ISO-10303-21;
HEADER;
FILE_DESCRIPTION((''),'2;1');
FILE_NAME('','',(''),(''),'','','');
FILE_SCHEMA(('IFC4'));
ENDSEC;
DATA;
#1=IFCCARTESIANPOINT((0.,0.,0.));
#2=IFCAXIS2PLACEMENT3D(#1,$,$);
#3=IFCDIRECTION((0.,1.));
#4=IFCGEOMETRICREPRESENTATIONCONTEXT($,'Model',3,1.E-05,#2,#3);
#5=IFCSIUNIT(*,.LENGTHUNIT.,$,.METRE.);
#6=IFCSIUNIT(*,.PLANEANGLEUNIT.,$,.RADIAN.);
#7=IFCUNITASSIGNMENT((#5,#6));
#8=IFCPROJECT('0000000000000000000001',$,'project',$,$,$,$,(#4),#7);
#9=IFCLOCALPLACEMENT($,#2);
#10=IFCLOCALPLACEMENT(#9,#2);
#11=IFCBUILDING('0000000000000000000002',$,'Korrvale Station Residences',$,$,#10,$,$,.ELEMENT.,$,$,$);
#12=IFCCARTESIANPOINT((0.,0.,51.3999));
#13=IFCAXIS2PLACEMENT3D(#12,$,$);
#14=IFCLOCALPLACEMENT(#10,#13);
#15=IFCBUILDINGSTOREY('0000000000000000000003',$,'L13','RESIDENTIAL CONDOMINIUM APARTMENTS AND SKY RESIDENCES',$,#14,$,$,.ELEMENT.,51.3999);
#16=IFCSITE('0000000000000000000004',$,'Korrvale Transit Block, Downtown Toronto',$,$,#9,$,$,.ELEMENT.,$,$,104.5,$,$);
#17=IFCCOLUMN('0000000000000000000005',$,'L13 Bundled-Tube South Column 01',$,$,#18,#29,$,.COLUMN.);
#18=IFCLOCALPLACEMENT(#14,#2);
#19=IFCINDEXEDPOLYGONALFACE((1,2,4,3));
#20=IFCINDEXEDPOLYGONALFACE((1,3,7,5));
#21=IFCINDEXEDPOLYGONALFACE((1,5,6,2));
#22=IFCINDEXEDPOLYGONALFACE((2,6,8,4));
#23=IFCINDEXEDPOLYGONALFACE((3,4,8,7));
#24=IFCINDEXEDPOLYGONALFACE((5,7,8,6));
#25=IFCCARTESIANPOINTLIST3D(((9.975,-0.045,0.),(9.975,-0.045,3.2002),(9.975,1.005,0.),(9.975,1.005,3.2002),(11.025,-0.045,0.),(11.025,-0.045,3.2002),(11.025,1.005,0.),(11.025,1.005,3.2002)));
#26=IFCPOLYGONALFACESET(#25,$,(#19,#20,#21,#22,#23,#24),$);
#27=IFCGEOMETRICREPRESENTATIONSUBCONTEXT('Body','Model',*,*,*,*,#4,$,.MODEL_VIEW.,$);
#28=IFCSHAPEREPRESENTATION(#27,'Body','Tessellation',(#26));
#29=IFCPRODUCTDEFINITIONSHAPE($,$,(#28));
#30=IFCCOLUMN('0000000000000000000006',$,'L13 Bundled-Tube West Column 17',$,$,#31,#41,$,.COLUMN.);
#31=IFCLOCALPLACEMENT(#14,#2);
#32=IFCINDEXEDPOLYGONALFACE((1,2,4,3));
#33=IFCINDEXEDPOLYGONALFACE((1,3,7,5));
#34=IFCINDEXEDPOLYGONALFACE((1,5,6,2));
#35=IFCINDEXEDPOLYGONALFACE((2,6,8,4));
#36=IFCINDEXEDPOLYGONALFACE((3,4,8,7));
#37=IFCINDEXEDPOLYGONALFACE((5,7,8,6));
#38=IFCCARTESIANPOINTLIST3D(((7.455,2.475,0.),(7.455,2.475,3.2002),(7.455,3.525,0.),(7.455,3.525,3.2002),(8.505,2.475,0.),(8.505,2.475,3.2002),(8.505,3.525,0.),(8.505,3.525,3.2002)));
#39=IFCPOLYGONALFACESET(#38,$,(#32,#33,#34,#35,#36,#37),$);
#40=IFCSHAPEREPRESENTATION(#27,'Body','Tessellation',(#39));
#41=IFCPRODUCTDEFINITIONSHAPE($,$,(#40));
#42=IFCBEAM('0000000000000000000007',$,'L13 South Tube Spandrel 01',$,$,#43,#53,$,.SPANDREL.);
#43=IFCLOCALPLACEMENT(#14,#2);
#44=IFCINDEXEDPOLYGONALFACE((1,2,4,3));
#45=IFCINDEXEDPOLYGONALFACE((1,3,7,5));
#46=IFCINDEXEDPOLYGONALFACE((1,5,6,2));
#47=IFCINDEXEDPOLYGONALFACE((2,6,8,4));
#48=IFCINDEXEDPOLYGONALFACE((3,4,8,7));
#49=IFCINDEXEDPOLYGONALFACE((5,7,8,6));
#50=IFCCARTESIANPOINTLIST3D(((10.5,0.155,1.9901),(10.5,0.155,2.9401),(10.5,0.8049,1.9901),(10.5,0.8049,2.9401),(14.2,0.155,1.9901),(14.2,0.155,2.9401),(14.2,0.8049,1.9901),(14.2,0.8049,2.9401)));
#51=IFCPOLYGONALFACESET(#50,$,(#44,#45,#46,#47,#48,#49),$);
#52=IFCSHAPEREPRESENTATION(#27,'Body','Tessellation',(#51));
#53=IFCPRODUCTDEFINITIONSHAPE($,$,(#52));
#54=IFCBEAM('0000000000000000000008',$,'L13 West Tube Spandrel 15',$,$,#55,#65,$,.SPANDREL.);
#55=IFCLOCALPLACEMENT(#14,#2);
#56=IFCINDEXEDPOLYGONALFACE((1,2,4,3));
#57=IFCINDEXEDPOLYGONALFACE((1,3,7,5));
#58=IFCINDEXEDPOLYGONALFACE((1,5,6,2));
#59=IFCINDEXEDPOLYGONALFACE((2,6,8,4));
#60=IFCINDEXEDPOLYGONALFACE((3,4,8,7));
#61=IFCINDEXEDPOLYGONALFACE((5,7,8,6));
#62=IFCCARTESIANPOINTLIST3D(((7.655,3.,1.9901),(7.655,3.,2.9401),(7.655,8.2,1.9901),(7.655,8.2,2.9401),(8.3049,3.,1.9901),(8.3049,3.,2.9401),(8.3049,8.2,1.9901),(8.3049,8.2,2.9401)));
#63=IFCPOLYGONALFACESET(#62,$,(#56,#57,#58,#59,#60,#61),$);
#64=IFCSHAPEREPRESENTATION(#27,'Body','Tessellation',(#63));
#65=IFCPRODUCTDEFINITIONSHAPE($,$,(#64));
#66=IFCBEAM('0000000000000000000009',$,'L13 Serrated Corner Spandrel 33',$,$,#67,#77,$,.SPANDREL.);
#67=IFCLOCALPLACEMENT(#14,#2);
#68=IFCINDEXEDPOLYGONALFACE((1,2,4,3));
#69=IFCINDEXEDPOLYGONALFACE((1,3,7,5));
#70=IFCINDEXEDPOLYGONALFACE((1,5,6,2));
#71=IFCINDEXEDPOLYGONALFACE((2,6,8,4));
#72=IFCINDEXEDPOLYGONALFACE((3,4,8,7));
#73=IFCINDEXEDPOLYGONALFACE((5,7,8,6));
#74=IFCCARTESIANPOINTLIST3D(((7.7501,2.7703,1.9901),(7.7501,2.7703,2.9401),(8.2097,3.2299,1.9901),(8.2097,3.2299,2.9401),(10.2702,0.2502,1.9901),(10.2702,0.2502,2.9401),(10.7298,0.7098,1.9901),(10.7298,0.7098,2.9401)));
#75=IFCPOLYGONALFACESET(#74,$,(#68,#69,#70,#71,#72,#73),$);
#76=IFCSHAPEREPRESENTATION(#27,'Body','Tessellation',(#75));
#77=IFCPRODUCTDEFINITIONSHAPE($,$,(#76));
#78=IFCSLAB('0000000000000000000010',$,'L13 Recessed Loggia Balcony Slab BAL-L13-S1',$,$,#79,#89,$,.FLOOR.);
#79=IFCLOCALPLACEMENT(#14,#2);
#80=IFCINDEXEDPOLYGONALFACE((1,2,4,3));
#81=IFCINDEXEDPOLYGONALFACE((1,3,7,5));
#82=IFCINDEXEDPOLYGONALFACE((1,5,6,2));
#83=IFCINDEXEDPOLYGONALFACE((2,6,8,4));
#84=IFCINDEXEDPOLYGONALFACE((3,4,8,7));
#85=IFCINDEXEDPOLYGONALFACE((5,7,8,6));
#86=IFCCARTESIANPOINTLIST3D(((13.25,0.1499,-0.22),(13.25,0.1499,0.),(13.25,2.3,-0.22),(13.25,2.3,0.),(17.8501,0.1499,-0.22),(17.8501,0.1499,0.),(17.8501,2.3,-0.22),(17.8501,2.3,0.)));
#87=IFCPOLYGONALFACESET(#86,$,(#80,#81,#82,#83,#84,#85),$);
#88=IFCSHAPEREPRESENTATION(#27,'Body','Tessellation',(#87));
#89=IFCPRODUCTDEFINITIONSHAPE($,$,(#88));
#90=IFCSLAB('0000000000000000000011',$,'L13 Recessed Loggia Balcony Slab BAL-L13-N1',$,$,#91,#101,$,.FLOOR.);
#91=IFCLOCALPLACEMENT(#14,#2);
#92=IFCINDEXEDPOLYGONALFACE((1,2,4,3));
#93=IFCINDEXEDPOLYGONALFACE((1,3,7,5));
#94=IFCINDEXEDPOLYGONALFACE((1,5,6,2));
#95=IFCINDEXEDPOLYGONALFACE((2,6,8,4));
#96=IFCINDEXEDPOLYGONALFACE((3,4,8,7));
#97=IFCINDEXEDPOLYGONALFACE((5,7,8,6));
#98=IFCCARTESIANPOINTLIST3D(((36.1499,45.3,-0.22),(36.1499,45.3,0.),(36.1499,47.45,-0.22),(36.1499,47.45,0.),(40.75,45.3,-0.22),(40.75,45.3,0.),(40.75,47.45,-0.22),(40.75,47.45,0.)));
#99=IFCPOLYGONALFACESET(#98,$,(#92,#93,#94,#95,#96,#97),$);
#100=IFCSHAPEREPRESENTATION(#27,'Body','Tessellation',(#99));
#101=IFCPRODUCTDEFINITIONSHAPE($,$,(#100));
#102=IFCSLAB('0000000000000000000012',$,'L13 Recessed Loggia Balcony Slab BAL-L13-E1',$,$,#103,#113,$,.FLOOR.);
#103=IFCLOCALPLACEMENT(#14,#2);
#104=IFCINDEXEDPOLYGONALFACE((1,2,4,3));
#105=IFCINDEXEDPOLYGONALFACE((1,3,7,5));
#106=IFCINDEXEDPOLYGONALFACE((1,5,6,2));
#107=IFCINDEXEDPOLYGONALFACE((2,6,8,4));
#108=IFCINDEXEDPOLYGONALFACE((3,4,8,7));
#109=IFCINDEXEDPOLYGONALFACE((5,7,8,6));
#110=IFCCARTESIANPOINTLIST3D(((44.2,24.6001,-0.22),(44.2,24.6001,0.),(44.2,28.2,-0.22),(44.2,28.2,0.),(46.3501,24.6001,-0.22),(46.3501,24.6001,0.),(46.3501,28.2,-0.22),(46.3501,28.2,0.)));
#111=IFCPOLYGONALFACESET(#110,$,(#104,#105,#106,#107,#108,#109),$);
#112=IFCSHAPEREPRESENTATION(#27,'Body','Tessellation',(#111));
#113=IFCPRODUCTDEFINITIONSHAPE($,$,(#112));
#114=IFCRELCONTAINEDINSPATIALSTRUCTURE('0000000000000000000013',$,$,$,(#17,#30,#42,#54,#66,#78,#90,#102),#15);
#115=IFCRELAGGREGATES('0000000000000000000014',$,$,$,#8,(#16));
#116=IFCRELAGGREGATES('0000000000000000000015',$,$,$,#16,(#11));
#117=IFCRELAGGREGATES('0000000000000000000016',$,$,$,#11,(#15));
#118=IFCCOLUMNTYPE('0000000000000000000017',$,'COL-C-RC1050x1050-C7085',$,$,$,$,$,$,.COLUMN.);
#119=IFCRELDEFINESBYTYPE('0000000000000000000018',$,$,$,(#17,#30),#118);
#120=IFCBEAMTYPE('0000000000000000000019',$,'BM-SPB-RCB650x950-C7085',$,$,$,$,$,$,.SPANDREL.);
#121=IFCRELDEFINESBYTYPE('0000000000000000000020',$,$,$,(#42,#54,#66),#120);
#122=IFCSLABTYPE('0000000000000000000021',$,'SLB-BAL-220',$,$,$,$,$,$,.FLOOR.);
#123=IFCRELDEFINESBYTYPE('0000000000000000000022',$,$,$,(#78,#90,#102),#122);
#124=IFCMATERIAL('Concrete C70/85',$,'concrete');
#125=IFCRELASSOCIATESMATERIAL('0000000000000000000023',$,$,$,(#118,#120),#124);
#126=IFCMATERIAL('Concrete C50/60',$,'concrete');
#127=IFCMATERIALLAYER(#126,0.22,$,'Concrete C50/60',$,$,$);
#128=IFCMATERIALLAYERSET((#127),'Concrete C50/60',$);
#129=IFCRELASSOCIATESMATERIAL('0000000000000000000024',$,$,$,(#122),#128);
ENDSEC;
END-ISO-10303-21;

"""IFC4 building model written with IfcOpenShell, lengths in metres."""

from ifc_helpers import new_model, si_unit, direction, frame, origin, origin_2d, place, context, subcontext, project, spatial, polyline, rectangle, outline, extrude, material, layer, layer_set, material_profile, profile_set, type_object, element, save


model = new_model("IFC4")

# Units and contexts
model_context = context("Model", 3, precision=1e-05, world=origin(), true_north=direction((0.0, 1.0)))
body_context = subcontext(model_context, "Body", "Model", "MODEL_VIEW")
ifc_project = project(units=[si_unit("LENGTHUNIT", "METRE"), si_unit("PLANEANGLEUNIT", "RADIAN")], contexts=[model_context])

# Site, building, storey
site_placement = place(None, origin())
site = spatial("IfcSite", under=ifc_project, at=site_placement, Name="Korrvale Transit Block, Downtown Toronto", CompositionType="ELEMENT", RefElevation=104.5)
building_placement = place(site_placement, origin())
building = spatial("IfcBuilding", under=site, at=building_placement, Name="Korrvale Station Residences", CompositionType="ELEMENT")
storey_placement = place(building_placement, frame((0.0, 0.0, 51.3999)))
storey = spatial("IfcBuildingStorey", under=building, at=storey_placement, Name="L13", Description="RESIDENTIAL CONDOMINIUM APARTMENTS AND SKY RESIDENCES", CompositionType="ELEMENT", Elevation=51.3999)

# Columns
ifc_material_1 = material(Name="Concrete C70/85", Category="concrete")
ifc_material_profile_1 = material_profile(ifc_material_1, rectangle(XDim=1.05, YDim=1.05, at=origin_2d()), Name="RC1050x1050")
ifc_profile_set_1 = profile_set([ifc_material_profile_1], Name="Concrete C70/85")
column_type = type_object("IfcColumnType", Name="COL-C-RC1050x1050-C7085", PredefinedType="COLUMN", material=ifc_profile_set_1)
for number, where, z_axis, x_axis, name in (
    (1, (10.5, 0.48, 0.0), (0.0, 0.0, 1.0), (1.0, 0.0, 0.0), "L13 Bundled-Tube South Column 01"),
    (2, (7.98, 3.0, 0.0), (0.0, 0.0, 1.0), (1.0, 0.0, 0.0), "L13 Bundled-Tube West Column 17"),
):
    element("IfcColumn", number, at=place(storey_placement, frame(where, z_axis=z_axis, x_axis=x_axis)), inside=storey, type_object=column_type, Name=name, PredefinedType="COLUMN", context=body_context, shape_type="SweptSolid", body=[
        extrude(rectangle(XDim=1.05, YDim=1.05, at=origin_2d()), origin(), (0.0, 0.0, 1.0), 3.2002),
    ])

# Beams
ifc_material_profile_2 = material_profile(ifc_material_1, rectangle(XDim=0.6499, YDim=0.95, at=origin_2d()), Name="RCB650x950")
ifc_profile_set_2 = profile_set([ifc_material_profile_2], Name="Concrete C70/85")
beam_type = type_object("IfcBeamType", Name="BM-SPB-RCB650x950-C7085", PredefinedType="SPANDREL", material=ifc_profile_set_2)
beam_1_placement = place(storey_placement, frame((10.5, 0.48, 2.4651), z_axis=(1.0, 0.0, 0.0), x_axis=(0.0, 1.0, 0.0)))
element("IfcBeam", 3, at=beam_1_placement, inside=storey, type_object=beam_type, Name="L13 South Tube Spandrel 01", PredefinedType="SPANDREL", context=body_context, shape_type="SweptSolid", body=[
    extrude(rectangle(XDim=0.6499, YDim=0.95, at=origin_2d()), origin(), (0.0, 0.0, 1.0), 3.7),
])
beam_2_placement = place(storey_placement, frame((7.98, 3.0, 2.4651), z_axis=(0.0, 1.0, 0.0), x_axis=(-1.0, 0.0, 0.0)))
element("IfcBeam", 4, at=beam_2_placement, inside=storey, type_object=beam_type, Name="L13 West Tube Spandrel 15", PredefinedType="SPANDREL", context=body_context, shape_type="SweptSolid", body=[
    extrude(rectangle(XDim=0.6499, YDim=0.95, at=origin_2d()), origin(), (0.0, 0.0, 1.0), 5.2),
])
beam_3_placement = place(storey_placement, frame((10.5, 0.48, 2.4651), z_axis=(-0.707107, 0.707107, 0.0), x_axis=(-0.707107, -0.707107, 0.0)))
element("IfcBeam", 5, at=beam_3_placement, inside=storey, type_object=beam_type, Name="L13 Serrated Corner Spandrel 33", PredefinedType="SPANDREL", context=body_context, shape_type="SweptSolid", body=[
    extrude(rectangle(XDim=0.6499, YDim=0.95, at=origin_2d()), origin(), (0.0, 0.0, 1.0), 3.564),
])

# Slabs
ifc_material_2 = material(Name="Concrete C50/60", Category="concrete")
ifc_layer_1 = layer(ifc_material_2, 0.22, Name="Concrete C50/60")
ifc_layer_set_1 = layer_set([ifc_layer_1], Name="Concrete C50/60")
slab_type_1 = type_object("IfcSlabType", Name="SLB-BAL-220", PredefinedType="FLOOR", material=ifc_layer_set_1)
slab_1_placement = place(storey_placement, frame((0.0, 0.0, -0.22)))
element("IfcSlab", 6, at=slab_1_placement, inside=storey, type_object=slab_type_1, Name="L13 Recessed Loggia Balcony Slab BAL-L13-S1", PredefinedType="FLOOR", context=body_context, shape_type="SweptSolid", body=[
    extrude(outline(polyline([(13.25, 0.1499), (17.8501, 0.1499), (17.8501, 2.3), (13.25, 2.3), (13.25, 0.1499)])), origin(), (0.0, 0.0, 1.0), 0.22),
])
slab_2_placement = place(storey_placement, frame((0.0, 0.0, -0.22)))
element("IfcSlab", 7, at=slab_2_placement, inside=storey, type_object=slab_type_1, Name="L13 Recessed Loggia Balcony Slab BAL-L13-N1", PredefinedType="FLOOR", context=body_context, shape_type="SweptSolid", body=[
    extrude(outline(polyline([(36.1499, 45.3), (40.75, 45.3), (40.75, 47.45), (36.1499, 47.45), (36.1499, 45.3)])), origin(), (0.0, 0.0, 1.0), 0.22),
])
slab_3_placement = place(storey_placement, frame((0.0, 0.0, -0.22)))
element("IfcSlab", 8, at=slab_3_placement, inside=storey, type_object=slab_type_1, Name="L13 Recessed Loggia Balcony Slab BAL-L13-E1", PredefinedType="FLOOR", context=body_context, shape_type="SweptSolid", body=[
    extrude(outline(polyline([(44.2, 24.6001), (46.3501, 24.6001), (46.3501, 28.2), (44.2, 28.2), (44.2, 24.6001)])), origin(), (0.0, 0.0, 1.0), 0.22),
])

save(model, "model.ifc")
